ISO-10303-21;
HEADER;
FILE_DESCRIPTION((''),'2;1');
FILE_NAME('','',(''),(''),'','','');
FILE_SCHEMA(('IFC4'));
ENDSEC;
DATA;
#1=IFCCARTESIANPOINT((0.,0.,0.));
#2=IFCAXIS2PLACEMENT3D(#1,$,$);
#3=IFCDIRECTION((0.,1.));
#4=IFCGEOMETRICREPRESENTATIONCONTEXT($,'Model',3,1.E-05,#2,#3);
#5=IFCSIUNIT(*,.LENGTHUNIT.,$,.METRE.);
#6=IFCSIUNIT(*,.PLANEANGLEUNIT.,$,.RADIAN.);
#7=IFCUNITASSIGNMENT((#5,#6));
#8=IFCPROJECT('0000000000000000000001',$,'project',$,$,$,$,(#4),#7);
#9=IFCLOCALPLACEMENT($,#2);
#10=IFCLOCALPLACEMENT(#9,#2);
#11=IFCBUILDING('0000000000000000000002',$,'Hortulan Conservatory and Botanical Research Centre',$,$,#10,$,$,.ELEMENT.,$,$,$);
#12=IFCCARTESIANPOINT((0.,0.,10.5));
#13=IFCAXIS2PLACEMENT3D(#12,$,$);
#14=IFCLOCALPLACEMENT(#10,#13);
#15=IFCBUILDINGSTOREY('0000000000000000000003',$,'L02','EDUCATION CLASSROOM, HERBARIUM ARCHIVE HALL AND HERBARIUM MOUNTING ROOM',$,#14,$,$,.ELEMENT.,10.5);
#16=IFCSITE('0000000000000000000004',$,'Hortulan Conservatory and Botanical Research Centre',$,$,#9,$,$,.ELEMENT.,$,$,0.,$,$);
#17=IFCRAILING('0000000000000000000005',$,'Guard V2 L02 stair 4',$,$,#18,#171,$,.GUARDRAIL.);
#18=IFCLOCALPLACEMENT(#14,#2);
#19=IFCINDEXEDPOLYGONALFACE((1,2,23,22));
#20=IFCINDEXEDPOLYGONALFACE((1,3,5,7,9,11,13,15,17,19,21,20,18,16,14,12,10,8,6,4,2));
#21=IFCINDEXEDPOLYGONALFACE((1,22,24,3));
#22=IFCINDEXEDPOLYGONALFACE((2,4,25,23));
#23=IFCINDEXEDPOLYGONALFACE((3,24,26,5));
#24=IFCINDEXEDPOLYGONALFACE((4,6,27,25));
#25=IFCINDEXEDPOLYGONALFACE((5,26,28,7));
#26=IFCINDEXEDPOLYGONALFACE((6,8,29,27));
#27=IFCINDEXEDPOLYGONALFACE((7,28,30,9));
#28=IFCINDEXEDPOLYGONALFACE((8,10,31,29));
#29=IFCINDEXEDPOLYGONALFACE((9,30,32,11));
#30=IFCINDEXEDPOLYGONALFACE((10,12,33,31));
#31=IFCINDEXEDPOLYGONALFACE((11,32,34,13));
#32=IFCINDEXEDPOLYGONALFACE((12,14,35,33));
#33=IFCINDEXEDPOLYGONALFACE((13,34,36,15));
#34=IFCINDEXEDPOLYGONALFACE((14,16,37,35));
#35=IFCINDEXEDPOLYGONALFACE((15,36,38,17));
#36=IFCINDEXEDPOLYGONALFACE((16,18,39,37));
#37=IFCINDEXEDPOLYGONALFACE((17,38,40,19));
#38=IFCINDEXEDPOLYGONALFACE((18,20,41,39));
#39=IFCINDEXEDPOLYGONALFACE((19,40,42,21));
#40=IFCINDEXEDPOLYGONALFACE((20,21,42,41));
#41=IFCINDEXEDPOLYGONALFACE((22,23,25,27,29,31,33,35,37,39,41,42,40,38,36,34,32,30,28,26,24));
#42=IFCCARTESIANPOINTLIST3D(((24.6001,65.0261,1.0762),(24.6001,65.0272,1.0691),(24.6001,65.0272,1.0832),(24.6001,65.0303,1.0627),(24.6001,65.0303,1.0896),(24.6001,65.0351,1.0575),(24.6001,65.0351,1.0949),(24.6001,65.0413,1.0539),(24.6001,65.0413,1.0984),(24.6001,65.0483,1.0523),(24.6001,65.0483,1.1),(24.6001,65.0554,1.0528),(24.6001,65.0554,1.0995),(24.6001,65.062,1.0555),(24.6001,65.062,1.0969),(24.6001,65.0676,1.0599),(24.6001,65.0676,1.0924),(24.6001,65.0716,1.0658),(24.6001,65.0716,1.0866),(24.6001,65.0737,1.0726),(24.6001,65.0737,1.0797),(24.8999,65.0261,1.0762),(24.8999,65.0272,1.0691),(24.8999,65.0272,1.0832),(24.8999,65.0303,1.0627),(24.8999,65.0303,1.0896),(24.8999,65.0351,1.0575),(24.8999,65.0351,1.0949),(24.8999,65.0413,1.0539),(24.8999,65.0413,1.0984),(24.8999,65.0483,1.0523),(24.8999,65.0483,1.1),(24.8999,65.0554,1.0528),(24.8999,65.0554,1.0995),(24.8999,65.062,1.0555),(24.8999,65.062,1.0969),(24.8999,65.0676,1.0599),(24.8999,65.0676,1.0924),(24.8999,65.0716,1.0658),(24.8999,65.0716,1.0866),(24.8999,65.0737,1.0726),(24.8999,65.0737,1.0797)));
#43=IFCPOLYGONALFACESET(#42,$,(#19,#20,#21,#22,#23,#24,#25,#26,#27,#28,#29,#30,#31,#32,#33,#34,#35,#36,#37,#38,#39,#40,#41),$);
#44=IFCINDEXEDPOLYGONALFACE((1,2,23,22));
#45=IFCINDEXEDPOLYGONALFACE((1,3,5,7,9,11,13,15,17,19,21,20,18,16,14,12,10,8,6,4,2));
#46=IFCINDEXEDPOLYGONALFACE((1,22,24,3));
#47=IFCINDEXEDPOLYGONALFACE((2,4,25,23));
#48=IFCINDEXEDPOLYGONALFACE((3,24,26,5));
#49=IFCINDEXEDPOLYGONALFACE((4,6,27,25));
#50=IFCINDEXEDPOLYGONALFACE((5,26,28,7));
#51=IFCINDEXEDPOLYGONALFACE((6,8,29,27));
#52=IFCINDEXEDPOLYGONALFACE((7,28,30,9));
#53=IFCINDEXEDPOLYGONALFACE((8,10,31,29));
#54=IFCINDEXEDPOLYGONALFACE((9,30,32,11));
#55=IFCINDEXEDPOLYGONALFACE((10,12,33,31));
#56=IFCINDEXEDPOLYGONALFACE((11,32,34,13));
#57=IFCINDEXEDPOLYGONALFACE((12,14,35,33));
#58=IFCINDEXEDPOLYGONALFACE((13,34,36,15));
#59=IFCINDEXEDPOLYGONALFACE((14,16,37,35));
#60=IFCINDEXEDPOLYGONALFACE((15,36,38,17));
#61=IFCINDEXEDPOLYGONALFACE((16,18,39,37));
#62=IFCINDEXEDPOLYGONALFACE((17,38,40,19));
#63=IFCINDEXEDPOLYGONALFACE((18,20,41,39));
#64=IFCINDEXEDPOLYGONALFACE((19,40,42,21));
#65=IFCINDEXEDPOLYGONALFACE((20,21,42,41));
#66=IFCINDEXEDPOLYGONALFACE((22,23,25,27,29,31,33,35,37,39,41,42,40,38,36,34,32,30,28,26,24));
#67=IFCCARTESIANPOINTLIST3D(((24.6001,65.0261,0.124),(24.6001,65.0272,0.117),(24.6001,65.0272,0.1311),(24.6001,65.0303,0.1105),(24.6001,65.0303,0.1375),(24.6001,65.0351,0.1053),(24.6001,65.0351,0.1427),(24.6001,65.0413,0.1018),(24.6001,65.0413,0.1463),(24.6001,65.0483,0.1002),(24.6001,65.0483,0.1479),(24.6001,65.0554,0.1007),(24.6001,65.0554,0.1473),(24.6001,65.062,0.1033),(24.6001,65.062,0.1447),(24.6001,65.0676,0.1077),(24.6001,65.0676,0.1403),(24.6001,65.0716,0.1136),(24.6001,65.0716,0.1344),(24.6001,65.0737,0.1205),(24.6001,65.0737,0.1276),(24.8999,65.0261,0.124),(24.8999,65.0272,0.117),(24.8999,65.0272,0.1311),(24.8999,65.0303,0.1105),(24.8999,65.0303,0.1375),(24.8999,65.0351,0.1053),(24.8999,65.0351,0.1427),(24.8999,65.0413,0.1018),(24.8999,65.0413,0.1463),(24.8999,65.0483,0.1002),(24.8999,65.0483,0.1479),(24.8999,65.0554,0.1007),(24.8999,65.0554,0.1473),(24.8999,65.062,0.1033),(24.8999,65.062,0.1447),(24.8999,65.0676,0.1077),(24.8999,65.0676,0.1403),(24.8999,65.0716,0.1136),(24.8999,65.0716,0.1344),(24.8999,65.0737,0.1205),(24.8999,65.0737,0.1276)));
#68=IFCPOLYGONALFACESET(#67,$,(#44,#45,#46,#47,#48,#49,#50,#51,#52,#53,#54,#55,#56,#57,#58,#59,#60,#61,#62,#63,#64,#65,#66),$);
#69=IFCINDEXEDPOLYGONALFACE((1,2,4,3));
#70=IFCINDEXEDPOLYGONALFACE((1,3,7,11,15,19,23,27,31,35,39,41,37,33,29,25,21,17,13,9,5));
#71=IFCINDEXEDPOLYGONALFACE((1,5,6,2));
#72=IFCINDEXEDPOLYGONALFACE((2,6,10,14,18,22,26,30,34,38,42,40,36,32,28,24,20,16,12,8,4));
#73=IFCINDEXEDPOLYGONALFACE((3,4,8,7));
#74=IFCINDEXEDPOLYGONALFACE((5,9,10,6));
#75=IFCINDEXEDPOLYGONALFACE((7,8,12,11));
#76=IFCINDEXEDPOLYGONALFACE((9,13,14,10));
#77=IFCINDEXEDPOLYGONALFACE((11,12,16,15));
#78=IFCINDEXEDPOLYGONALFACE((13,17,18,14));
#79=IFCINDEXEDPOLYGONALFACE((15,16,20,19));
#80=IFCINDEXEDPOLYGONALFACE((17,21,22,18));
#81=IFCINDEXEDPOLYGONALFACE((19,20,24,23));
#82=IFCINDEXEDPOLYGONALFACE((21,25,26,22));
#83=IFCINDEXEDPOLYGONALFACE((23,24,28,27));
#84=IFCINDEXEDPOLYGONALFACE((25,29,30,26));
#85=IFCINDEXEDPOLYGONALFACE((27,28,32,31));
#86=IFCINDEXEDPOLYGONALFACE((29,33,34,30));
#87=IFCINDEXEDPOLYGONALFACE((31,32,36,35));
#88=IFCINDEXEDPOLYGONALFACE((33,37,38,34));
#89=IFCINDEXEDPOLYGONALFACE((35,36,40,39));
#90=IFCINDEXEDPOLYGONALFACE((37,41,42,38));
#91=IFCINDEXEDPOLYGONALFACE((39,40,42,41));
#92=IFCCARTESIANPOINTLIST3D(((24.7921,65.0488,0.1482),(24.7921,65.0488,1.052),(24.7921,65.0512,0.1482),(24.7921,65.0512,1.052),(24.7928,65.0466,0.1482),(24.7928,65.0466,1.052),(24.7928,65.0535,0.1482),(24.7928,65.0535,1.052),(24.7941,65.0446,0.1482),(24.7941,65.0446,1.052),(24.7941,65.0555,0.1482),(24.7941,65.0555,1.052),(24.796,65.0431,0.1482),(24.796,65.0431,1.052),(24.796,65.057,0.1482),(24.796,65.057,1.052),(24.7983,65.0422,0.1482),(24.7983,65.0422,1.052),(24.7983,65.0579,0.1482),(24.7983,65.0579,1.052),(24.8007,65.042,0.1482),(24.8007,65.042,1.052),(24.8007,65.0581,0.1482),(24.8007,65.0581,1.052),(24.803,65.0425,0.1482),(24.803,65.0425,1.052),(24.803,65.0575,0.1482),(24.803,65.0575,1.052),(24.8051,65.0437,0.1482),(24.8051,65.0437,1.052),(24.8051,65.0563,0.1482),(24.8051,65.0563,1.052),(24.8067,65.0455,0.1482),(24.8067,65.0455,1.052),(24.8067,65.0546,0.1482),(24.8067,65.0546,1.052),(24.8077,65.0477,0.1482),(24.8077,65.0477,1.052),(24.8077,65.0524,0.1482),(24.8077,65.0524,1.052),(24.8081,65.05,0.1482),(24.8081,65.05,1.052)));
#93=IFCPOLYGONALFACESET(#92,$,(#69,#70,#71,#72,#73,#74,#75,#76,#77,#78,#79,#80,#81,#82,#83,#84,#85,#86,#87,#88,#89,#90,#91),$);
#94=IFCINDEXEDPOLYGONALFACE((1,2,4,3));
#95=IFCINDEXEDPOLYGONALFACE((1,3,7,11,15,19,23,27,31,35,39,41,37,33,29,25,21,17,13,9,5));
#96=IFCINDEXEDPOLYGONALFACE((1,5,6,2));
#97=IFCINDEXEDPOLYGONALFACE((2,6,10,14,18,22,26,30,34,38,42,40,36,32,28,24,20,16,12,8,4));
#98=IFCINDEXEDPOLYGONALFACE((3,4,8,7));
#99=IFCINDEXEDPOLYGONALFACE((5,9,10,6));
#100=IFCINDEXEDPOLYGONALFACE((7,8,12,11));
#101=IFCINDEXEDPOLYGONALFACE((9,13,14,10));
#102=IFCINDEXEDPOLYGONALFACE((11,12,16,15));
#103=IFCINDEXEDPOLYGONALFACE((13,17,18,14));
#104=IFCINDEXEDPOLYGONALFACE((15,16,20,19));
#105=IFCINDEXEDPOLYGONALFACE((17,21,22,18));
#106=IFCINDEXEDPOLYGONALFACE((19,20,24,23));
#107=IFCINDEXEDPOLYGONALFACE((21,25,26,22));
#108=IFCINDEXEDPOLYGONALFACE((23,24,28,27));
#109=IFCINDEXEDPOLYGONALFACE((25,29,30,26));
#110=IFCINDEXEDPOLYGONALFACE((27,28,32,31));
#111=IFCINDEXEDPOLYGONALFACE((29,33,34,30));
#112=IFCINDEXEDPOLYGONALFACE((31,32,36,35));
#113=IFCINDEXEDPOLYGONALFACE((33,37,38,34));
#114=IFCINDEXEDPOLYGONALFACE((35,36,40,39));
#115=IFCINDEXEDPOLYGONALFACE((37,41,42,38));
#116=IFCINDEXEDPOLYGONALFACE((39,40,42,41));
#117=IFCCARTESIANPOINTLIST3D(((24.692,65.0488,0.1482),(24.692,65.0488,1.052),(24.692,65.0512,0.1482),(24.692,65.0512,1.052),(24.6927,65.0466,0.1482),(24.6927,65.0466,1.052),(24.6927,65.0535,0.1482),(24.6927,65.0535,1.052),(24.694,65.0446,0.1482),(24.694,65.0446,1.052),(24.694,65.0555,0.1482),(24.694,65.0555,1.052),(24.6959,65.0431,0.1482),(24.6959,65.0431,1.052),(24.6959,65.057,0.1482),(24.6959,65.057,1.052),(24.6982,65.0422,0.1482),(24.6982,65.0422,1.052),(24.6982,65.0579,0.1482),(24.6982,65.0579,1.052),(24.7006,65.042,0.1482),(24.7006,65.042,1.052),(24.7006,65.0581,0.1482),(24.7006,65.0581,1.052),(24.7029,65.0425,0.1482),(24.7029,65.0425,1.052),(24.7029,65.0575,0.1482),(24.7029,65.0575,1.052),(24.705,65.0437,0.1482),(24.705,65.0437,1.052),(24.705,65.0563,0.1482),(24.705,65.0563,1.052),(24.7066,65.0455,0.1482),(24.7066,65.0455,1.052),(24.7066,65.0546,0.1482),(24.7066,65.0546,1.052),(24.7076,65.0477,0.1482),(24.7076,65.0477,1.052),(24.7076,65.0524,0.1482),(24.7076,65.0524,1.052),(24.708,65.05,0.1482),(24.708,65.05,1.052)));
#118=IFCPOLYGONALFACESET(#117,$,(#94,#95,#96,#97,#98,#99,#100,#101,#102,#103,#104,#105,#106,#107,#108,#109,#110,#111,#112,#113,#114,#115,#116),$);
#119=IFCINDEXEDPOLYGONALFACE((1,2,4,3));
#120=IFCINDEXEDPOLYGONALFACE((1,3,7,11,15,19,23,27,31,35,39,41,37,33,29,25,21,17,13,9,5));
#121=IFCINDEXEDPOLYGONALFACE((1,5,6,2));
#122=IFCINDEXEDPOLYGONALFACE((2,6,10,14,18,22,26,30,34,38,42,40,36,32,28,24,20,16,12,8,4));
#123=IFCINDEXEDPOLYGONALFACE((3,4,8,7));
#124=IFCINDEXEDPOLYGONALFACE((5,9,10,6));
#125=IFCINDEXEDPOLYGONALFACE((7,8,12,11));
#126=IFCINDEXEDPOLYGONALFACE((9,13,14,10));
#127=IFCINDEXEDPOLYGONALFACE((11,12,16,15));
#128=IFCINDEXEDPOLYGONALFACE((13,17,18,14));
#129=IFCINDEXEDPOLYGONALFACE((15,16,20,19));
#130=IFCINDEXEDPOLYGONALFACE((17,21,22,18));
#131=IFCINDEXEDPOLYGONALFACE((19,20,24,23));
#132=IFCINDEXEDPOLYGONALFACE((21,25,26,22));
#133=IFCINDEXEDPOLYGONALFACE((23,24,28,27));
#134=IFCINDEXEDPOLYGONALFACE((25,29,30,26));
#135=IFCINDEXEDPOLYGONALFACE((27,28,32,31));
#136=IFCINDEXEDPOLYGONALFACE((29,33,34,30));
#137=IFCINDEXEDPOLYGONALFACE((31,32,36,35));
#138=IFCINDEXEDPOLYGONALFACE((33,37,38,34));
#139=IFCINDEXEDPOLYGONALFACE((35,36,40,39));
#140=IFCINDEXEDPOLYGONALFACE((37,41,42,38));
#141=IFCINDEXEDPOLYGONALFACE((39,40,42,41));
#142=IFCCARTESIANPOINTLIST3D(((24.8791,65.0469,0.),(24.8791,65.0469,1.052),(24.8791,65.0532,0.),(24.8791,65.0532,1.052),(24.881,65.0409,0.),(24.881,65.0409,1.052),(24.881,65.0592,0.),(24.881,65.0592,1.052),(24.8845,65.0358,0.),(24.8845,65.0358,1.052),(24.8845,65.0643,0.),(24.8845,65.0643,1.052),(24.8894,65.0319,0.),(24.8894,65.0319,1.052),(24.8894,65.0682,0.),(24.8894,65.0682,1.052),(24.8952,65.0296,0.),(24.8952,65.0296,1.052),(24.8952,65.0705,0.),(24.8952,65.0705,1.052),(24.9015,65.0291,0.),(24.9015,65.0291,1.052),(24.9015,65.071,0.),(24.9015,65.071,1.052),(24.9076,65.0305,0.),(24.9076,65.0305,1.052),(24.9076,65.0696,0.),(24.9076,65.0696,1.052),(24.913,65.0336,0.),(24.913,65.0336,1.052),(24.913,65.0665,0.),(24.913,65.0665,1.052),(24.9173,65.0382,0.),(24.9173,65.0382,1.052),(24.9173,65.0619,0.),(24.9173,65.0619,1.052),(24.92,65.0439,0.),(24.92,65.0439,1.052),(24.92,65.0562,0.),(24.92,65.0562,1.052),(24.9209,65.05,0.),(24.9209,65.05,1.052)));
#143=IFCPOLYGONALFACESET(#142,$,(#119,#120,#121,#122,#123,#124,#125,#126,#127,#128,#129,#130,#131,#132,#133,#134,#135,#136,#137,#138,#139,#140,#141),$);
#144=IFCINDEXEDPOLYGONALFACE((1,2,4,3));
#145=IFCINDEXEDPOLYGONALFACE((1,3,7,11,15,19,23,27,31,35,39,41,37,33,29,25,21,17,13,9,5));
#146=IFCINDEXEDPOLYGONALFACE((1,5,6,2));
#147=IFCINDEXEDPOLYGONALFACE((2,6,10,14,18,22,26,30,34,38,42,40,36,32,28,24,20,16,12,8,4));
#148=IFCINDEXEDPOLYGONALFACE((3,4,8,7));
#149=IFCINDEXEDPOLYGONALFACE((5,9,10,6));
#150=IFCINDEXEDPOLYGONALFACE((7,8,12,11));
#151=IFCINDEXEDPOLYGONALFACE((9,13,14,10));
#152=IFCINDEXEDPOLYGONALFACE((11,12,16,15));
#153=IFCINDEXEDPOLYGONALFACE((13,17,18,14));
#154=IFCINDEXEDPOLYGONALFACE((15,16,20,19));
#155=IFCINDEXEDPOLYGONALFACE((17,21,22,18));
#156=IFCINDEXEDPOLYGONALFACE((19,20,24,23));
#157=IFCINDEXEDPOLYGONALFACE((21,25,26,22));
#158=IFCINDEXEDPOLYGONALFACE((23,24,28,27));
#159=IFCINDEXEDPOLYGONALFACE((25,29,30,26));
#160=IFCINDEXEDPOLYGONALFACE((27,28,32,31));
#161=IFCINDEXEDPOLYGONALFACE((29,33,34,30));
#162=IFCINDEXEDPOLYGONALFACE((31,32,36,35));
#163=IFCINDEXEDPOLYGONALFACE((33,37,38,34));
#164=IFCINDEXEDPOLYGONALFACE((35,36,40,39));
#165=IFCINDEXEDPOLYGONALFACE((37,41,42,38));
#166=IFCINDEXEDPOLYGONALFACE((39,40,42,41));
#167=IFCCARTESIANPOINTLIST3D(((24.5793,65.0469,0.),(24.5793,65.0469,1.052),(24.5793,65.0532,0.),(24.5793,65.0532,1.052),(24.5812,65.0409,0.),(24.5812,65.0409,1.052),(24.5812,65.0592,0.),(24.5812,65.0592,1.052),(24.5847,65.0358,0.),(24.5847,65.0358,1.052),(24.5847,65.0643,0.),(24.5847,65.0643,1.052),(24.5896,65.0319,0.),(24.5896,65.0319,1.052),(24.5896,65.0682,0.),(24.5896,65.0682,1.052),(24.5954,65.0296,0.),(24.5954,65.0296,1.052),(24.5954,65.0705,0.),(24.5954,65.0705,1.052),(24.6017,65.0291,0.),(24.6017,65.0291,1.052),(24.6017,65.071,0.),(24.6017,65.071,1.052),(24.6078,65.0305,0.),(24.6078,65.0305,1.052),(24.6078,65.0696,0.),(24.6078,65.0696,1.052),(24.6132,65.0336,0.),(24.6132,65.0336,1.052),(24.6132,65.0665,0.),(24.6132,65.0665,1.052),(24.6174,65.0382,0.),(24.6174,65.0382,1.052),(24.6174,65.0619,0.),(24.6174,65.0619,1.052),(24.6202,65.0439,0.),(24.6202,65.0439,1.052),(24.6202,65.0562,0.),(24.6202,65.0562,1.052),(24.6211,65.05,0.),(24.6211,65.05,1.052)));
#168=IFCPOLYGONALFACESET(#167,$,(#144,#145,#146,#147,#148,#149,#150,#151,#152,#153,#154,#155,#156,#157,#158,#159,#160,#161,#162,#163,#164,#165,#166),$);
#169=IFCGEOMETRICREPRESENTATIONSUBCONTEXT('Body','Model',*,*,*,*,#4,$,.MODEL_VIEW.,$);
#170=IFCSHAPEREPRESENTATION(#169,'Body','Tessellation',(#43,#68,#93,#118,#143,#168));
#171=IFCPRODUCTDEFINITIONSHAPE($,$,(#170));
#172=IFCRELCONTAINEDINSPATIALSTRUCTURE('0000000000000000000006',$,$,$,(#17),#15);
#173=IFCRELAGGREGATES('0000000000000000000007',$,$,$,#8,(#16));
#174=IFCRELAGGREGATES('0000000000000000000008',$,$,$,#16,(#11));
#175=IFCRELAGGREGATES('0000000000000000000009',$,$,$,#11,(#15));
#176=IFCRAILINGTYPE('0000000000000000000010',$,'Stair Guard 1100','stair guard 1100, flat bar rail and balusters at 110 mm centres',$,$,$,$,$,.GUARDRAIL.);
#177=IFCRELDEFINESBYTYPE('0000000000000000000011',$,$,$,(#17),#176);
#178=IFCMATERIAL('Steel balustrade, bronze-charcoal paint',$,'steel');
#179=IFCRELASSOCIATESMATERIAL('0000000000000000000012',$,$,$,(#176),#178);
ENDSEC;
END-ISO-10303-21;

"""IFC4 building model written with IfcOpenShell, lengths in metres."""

from ifc_helpers import new_model, si_unit, direction, frame, origin, origin_2d, place, context, subcontext, project, spatial, circle, extrude, material, type_object, element, save


model = new_model("IFC4")

# Units and contexts
model_context = context("Model", 3, precision=1e-05, world=origin(), true_north=direction((0.0, 1.0)))
body_context = subcontext(model_context, "Body", "Model", "MODEL_VIEW")
ifc_project = project(units=[si_unit("LENGTHUNIT", "METRE"), si_unit("PLANEANGLEUNIT", "RADIAN")], contexts=[model_context])

# Site, building, storey
site_placement = place(None, origin())
site = spatial("IfcSite", under=ifc_project, at=site_placement, Name="Hortulan Conservatory and Botanical Research Centre", CompositionType="ELEMENT", RefElevation=0.0)
building_placement = place(site_placement, origin())
building = spatial("IfcBuilding", under=site, at=building_placement, Name="Hortulan Conservatory and Botanical Research Centre", CompositionType="ELEMENT")
storey_placement = place(building_placement, frame((0.0, 0.0, 10.5)))
storey = spatial("IfcBuildingStorey", under=building, at=storey_placement, Name="L02", Description="EDUCATION CLASSROOM, HERBARIUM ARCHIVE HALL AND HERBARIUM MOUNTING ROOM", CompositionType="ELEMENT", Elevation=10.5)

# Railing
ifc_material_1 = material(Name="Steel balustrade, bronze-charcoal paint", Category="steel")
railing_type_1 = type_object("IfcRailingType", Name="Stair Guard 1100", Description="stair guard 1100, flat bar rail and balusters at 110 mm centres", PredefinedType="GUARDRAIL", material=ifc_material_1)
railing_1_placement = place(storey_placement, frame((24.8999, 65.05, 0.0)))
element("IfcRailing", 1, at=railing_1_placement, inside=storey, type_object=railing_type_1, Name="Guard V2 L02 stair 4", PredefinedType="GUARDRAIL", context=body_context, shape_type="SweptSolid", body=[
    extrude(circle(Radius=0.0239, at=origin_2d()), frame((0.0, 0.0, 1.0762), z_axis=(-1.0, 0.0, 0.0), x_axis=(0.0, -1.0, 0.0)), (0.0, 0.0, 1.0), 0.2998),
    extrude(circle(Radius=0.0239, at=origin_2d()), frame((0.0, 0.0, 0.124), z_axis=(-1.0, 0.0, 0.0), x_axis=(0.0, -1.0, 0.0)), (0.0, 0.0, 1.0), 0.2998),
    extrude(circle(Radius=0.0081, at=origin_2d()), frame((-0.0999, 0.0, 0.1482)), (0.0, 0.0, 1.0), 0.9038),
    extrude(circle(Radius=0.0081, at=origin_2d()), frame((-0.2, 0.0, 0.1482)), (0.0, 0.0, 1.0), 0.9038),
    extrude(circle(Radius=0.021, at=origin_2d()), origin(), (0.0, 0.0, 1.0), 1.052),
    extrude(circle(Radius=0.021, at=origin_2d()), frame((-0.2998, 0.0, 0.0)), (0.0, 0.0, 1.0), 1.052),
])

save(model, "model.ifc")
